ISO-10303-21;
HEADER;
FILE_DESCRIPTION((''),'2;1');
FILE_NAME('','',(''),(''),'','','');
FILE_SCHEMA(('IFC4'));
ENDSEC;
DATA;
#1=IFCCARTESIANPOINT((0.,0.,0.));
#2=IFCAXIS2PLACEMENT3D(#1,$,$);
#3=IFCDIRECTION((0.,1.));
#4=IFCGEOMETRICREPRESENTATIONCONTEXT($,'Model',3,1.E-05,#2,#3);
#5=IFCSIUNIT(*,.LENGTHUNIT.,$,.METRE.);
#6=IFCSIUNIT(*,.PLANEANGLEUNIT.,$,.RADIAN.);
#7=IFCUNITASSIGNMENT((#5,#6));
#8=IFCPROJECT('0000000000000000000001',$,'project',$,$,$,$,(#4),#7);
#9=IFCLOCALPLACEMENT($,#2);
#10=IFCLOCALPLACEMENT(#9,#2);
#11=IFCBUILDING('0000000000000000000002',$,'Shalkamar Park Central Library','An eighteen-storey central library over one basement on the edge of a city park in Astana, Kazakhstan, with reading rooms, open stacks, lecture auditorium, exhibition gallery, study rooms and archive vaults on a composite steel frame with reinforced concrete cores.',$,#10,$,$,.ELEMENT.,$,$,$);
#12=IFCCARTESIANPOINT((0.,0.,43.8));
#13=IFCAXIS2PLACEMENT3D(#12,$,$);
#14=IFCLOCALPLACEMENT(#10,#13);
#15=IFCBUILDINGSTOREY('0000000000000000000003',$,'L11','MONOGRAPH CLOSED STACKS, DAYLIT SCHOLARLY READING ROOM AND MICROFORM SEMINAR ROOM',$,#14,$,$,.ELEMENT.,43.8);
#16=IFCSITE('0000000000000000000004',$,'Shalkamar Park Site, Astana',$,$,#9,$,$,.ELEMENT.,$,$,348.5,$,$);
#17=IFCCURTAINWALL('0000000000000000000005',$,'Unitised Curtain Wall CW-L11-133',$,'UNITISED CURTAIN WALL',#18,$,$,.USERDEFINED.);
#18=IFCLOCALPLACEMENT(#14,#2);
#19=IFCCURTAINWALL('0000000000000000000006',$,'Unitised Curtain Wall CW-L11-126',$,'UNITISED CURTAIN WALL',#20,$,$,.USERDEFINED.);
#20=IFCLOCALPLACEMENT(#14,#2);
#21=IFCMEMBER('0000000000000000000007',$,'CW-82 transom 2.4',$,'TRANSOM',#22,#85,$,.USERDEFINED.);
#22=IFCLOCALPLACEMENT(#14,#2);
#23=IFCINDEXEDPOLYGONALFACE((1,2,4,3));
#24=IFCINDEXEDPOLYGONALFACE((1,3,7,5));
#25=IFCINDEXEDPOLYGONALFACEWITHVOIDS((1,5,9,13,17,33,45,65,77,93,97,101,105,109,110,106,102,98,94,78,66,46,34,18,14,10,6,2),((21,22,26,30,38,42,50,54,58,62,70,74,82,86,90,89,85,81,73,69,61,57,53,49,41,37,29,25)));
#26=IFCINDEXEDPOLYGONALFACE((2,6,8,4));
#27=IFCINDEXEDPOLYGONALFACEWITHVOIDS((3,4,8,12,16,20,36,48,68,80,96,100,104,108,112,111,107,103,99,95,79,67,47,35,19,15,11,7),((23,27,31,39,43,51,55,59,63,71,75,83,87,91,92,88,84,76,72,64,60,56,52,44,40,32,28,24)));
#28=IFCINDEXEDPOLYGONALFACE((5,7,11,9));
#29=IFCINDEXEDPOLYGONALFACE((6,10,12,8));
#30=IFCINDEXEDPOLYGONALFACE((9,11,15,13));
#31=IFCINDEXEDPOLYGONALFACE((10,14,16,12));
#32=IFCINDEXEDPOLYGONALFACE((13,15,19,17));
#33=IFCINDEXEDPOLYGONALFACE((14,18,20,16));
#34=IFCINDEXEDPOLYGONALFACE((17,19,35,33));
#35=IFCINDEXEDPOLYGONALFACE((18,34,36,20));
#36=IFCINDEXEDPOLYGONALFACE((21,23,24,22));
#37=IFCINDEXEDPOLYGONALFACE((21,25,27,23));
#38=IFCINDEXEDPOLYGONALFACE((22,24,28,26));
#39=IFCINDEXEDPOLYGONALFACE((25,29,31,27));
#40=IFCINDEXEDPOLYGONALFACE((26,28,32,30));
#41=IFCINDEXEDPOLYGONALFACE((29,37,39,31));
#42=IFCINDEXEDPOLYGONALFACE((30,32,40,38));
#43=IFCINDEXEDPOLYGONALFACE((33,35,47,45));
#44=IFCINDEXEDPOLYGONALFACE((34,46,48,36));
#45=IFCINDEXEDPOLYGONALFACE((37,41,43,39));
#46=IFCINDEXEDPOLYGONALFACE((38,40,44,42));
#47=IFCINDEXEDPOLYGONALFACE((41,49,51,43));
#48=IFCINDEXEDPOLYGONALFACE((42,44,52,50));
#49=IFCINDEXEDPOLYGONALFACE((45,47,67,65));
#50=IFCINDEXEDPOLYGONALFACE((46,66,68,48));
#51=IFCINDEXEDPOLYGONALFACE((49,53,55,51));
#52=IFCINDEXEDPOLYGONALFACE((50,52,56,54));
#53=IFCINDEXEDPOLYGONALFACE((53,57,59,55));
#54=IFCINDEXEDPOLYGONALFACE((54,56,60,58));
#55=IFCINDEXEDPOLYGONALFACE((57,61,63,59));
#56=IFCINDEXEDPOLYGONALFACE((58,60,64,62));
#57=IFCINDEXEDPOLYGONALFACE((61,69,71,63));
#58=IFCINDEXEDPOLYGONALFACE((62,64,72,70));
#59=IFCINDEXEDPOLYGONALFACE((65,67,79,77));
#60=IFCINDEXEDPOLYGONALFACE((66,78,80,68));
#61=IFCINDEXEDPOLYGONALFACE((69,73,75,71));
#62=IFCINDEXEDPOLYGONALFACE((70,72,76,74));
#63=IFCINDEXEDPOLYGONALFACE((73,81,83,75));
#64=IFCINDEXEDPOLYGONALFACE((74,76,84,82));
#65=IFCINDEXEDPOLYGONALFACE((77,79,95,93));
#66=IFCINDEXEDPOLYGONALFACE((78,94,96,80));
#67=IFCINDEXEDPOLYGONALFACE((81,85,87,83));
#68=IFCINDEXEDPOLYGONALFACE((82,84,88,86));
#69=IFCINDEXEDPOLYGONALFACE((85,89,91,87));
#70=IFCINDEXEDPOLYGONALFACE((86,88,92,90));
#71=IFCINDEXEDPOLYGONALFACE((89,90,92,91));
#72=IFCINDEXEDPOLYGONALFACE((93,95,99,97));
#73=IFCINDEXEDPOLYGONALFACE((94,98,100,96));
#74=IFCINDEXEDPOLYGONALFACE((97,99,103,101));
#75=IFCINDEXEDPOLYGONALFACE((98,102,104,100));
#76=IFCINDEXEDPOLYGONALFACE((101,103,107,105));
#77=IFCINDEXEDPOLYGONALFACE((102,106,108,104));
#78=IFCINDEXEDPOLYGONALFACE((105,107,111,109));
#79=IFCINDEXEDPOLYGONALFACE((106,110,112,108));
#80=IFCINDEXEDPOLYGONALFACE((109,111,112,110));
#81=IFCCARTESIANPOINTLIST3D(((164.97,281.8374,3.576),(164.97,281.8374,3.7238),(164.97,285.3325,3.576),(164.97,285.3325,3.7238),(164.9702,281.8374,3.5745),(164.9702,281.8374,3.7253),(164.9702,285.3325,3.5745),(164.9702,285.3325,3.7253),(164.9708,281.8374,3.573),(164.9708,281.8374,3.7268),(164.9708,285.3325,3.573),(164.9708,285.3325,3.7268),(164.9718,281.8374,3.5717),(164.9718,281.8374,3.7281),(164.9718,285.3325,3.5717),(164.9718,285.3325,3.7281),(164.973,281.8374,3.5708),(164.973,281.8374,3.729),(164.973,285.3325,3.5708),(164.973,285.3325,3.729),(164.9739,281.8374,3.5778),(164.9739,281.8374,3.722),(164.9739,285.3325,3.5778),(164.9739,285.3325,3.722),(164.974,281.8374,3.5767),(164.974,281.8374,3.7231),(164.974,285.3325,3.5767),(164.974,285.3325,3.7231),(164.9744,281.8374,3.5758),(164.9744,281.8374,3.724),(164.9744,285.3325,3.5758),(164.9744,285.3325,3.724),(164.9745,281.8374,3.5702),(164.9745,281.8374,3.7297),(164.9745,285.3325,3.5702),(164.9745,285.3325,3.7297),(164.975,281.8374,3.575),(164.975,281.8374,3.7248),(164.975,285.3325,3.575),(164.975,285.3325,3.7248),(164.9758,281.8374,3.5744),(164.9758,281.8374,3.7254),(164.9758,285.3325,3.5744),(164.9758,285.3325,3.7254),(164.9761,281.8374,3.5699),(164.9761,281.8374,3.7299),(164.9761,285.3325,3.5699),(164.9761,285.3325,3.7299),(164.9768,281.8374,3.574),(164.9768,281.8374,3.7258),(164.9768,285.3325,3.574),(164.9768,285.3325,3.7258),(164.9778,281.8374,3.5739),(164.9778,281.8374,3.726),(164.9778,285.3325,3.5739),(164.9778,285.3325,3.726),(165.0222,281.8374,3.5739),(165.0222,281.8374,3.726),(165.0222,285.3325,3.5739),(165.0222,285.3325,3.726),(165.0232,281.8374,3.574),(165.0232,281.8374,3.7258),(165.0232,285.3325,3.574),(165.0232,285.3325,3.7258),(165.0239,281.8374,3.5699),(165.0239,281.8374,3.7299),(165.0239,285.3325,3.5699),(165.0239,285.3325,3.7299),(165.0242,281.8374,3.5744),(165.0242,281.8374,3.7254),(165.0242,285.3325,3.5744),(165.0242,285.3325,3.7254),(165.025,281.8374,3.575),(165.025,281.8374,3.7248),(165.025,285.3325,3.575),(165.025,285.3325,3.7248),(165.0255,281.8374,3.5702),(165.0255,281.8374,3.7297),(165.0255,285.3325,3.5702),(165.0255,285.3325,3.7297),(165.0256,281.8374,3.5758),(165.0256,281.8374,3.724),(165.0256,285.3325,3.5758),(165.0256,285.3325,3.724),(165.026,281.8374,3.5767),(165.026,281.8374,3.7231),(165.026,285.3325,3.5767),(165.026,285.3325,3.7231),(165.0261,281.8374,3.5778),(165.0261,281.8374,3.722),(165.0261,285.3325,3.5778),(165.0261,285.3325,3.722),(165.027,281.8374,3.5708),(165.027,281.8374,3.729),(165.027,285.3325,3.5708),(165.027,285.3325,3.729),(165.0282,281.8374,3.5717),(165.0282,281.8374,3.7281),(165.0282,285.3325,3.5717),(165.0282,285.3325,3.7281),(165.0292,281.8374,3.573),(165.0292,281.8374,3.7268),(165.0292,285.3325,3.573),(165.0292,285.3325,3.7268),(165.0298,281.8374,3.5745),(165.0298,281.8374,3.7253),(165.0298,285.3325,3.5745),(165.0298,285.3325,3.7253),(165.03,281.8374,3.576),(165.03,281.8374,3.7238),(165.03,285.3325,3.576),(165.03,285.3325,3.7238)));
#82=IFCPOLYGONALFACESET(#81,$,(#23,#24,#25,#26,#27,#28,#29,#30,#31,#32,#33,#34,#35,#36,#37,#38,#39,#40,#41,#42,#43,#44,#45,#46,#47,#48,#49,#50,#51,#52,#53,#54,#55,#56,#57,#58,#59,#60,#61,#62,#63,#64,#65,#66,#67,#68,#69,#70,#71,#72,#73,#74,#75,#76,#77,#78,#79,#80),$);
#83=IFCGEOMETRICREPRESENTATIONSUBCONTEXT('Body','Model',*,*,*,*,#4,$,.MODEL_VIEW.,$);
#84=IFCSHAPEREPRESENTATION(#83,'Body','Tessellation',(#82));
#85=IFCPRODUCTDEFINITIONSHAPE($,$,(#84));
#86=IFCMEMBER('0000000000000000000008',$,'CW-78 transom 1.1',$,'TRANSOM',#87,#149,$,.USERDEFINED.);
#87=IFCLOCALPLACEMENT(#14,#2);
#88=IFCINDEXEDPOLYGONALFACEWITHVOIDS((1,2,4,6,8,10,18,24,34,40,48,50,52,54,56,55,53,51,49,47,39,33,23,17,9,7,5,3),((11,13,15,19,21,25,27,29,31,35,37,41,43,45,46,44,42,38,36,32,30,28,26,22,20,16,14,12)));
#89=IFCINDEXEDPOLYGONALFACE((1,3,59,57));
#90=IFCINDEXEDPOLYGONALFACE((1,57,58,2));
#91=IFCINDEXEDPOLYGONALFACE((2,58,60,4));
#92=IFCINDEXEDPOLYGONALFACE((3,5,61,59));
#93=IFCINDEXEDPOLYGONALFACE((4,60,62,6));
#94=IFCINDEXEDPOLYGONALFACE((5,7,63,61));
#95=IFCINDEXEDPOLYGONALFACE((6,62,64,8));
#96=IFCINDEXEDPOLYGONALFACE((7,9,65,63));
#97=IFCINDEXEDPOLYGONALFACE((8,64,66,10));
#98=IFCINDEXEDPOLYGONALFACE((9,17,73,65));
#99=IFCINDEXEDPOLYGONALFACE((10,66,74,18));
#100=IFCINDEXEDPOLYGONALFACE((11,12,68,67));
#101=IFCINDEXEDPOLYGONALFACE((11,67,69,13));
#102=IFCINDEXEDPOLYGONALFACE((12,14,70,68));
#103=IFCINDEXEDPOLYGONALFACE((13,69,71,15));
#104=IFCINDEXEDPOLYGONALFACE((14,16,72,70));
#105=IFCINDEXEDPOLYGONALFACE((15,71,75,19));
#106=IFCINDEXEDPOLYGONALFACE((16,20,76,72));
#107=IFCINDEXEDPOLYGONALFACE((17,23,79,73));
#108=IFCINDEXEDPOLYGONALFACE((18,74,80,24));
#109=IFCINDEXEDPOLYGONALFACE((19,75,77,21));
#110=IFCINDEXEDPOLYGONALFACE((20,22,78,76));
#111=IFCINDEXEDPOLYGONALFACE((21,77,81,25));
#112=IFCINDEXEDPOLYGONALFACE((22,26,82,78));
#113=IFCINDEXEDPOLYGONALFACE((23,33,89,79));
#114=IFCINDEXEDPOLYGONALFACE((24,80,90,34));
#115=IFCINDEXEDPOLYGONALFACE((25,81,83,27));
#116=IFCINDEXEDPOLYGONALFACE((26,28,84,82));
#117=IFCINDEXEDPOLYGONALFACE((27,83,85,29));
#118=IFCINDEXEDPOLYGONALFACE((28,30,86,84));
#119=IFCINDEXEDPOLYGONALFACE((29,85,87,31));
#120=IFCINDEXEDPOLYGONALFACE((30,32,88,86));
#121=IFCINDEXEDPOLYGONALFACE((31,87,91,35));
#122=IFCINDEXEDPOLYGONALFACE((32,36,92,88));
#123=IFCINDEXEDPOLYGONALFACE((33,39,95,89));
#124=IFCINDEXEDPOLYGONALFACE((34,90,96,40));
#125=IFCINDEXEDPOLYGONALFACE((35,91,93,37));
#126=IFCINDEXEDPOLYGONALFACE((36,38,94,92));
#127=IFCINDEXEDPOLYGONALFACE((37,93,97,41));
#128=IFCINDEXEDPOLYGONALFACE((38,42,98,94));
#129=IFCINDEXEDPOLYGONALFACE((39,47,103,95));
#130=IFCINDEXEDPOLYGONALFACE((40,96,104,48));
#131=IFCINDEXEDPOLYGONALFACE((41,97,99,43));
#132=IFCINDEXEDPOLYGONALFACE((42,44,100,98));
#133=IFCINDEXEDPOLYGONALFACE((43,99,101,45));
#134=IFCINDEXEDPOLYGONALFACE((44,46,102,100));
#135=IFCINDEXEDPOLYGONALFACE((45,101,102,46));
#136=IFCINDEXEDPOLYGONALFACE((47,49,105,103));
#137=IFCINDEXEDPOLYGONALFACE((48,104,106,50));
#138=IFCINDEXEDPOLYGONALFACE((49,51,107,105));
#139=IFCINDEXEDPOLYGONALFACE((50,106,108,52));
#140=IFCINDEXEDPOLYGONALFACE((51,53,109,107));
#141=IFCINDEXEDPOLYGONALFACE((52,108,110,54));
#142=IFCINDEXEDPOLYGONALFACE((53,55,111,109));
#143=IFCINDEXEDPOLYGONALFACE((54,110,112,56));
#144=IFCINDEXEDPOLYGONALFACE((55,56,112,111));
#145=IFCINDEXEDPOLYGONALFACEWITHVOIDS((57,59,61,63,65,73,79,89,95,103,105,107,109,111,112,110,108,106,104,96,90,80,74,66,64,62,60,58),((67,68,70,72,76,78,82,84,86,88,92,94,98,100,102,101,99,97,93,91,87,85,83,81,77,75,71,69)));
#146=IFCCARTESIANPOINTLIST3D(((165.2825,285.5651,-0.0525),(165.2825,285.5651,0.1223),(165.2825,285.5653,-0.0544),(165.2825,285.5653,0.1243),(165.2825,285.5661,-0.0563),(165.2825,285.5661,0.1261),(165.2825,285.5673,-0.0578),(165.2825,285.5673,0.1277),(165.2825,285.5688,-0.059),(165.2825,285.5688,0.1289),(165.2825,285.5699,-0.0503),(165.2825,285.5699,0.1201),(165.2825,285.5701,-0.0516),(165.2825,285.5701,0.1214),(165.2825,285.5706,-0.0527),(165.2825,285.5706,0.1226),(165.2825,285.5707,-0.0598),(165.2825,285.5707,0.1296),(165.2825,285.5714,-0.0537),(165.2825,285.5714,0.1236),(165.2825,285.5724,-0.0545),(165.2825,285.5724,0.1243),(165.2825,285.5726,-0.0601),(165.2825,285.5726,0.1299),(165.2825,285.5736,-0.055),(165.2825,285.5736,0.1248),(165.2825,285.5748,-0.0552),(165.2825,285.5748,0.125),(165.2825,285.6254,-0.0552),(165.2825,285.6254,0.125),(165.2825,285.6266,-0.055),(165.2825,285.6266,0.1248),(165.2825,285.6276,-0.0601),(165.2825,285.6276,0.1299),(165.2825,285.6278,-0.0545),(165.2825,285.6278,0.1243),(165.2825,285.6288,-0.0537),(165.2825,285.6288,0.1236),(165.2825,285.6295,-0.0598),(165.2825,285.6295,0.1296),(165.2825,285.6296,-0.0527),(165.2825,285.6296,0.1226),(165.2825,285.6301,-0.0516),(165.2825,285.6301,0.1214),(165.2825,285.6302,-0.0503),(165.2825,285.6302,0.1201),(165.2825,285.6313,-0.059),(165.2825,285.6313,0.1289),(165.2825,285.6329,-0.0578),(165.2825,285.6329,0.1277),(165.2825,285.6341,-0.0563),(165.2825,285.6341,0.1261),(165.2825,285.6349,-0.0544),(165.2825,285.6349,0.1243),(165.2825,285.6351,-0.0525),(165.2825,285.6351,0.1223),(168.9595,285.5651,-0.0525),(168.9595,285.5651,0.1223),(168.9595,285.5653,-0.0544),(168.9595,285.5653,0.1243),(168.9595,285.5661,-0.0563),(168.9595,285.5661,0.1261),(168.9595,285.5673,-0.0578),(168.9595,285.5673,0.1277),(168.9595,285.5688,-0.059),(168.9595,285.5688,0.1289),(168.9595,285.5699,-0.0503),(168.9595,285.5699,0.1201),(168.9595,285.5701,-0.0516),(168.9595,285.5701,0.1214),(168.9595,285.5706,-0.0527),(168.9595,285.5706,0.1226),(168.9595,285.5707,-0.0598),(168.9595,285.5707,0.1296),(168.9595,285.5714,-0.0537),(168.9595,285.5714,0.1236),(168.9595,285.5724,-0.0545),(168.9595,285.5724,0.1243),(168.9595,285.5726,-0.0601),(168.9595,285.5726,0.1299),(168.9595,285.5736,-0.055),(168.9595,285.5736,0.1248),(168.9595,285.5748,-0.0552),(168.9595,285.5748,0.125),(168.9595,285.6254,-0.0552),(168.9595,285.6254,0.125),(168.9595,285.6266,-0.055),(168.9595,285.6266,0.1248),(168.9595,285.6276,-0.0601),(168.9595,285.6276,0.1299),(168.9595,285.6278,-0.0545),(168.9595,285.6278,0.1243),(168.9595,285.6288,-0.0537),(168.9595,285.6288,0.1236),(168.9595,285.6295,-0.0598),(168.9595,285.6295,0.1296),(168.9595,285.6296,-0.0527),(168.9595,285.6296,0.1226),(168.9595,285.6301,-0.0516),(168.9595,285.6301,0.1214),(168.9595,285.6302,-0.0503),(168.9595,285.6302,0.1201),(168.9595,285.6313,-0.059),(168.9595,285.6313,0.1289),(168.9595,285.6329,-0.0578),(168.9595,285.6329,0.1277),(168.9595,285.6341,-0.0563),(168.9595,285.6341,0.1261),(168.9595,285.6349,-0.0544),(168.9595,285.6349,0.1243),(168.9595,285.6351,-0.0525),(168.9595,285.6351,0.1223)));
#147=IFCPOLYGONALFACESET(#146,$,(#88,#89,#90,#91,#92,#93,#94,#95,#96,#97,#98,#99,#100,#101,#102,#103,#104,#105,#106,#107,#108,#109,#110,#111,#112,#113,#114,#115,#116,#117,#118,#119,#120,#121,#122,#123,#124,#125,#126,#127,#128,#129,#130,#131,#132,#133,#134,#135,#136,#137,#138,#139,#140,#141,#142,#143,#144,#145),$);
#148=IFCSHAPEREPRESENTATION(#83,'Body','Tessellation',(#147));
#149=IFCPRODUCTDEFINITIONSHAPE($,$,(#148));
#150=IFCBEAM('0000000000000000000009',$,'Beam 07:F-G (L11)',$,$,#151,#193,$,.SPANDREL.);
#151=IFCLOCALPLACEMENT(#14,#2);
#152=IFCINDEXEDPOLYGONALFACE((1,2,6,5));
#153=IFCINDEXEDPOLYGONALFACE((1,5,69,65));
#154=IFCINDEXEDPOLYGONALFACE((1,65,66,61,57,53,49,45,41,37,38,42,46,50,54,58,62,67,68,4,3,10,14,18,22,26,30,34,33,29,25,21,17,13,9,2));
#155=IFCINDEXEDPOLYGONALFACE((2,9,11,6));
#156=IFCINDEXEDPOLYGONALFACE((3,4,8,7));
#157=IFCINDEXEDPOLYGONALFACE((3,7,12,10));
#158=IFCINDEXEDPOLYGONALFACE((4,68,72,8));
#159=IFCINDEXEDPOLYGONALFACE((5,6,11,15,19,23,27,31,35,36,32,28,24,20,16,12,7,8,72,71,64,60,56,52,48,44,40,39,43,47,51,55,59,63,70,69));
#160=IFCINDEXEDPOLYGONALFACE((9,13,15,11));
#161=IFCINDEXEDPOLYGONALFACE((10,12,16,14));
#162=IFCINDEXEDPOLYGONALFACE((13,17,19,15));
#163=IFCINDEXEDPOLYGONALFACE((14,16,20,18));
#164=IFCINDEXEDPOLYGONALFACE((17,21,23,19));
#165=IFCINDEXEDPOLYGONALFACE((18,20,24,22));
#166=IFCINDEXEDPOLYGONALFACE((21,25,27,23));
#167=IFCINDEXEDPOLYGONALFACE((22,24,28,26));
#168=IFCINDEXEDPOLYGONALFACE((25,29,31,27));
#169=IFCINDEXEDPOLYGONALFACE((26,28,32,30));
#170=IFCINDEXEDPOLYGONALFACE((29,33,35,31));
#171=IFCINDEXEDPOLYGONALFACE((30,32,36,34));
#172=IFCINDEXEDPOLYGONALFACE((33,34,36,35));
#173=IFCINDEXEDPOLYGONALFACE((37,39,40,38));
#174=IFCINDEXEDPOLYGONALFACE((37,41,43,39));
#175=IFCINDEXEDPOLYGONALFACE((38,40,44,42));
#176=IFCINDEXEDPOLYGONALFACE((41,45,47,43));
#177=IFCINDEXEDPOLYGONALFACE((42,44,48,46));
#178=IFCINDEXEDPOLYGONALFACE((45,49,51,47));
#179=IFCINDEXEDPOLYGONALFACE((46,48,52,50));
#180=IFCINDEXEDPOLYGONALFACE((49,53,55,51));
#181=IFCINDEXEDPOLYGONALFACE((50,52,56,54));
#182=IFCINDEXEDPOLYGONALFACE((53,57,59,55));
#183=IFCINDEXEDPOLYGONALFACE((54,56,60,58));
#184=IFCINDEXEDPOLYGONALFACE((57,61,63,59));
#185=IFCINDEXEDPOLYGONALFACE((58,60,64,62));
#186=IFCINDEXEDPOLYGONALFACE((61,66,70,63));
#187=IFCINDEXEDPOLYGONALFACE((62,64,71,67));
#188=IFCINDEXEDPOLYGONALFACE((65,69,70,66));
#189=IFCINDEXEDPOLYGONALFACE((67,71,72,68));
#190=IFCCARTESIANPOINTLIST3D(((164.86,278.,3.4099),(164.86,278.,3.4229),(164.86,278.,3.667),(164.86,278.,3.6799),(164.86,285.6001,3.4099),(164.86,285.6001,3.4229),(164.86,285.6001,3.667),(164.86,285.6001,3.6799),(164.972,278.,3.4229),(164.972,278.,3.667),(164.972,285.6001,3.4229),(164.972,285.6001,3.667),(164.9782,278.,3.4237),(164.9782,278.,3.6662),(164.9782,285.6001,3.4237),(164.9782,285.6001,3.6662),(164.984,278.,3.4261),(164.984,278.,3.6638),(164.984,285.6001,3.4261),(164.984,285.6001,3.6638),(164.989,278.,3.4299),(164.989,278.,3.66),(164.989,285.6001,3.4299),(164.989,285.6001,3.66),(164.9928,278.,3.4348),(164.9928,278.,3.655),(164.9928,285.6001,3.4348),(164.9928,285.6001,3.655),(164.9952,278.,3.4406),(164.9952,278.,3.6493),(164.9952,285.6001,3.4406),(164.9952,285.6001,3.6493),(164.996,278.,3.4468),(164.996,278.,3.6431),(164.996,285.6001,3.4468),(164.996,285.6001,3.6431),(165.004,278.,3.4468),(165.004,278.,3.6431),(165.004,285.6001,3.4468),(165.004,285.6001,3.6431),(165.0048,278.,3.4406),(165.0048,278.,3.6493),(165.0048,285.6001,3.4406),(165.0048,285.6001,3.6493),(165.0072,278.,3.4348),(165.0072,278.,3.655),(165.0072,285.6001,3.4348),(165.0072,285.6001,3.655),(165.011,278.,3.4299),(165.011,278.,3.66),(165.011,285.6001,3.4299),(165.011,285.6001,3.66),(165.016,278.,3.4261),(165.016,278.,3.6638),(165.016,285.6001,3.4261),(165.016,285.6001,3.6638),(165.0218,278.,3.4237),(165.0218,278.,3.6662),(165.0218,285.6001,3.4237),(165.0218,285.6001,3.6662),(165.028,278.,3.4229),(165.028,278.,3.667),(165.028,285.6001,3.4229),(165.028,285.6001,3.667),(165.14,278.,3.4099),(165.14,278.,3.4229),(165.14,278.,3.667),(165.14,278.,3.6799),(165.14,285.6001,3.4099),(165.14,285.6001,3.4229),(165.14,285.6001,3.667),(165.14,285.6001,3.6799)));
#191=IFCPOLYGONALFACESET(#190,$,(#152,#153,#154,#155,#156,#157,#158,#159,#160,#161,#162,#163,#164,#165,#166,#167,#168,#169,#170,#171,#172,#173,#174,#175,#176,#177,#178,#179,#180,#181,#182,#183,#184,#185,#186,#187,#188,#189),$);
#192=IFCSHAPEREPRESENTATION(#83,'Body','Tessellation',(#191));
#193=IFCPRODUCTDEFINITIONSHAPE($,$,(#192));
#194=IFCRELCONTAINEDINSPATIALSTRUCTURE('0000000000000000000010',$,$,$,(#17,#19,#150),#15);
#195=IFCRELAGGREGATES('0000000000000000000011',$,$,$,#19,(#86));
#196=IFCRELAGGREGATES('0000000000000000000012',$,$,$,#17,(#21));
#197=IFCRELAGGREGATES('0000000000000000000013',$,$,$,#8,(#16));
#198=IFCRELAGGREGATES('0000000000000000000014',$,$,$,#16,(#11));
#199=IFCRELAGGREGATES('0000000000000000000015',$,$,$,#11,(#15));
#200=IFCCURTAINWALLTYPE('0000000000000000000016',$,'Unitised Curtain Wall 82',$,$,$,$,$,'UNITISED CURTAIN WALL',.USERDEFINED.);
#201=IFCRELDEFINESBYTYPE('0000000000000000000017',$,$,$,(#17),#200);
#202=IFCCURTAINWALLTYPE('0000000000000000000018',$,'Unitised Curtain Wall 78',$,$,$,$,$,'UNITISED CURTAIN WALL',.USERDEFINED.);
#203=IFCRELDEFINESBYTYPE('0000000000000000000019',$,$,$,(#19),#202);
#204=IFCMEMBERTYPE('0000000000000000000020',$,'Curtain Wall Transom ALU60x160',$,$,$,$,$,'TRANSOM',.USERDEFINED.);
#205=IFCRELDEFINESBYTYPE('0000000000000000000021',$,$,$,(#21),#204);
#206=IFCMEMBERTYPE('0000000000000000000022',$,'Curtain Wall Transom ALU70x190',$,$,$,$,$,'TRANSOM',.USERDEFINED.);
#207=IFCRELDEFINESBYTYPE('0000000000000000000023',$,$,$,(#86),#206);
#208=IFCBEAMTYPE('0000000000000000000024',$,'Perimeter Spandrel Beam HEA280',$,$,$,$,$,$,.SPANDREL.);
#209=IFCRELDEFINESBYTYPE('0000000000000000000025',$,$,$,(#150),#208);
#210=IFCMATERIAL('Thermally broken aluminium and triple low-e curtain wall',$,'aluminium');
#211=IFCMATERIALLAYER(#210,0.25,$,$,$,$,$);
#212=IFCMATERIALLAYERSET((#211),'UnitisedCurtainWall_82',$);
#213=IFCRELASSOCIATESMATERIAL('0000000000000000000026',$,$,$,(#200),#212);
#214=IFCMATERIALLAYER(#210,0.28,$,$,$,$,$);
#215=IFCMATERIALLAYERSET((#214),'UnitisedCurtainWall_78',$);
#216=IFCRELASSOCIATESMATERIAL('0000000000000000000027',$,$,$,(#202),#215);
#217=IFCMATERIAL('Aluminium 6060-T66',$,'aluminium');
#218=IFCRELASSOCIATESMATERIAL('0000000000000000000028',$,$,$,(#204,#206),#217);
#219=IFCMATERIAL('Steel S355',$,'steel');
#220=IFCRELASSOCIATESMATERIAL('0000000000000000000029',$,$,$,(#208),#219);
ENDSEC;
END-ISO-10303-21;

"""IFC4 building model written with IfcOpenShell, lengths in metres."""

from ifc_helpers import new_model, si_unit, direction, frame, origin, origin_2d, place, context, subcontext, project, spatial, hollow_rectangle, i_section, extrude, material, layer, layer_set, material_profile, profile_set, type_object, element, aggregate, save


model = new_model("IFC4")

# Units and contexts
model_context = context("Model", 3, precision=1e-05, world=origin(), true_north=direction((0.0, 1.0)))
body_context = subcontext(model_context, "Body", "Model", "MODEL_VIEW")
ifc_project = project(units=[si_unit("LENGTHUNIT", "METRE"), si_unit("PLANEANGLEUNIT", "RADIAN")], contexts=[model_context])

# Site, building, storey
site_placement = place(None, origin())
site = spatial("IfcSite", under=ifc_project, at=site_placement, Name="Shalkamar Park Site, Astana", CompositionType="ELEMENT", RefElevation=348.5)
building_placement = place(site_placement, origin())
building = spatial("IfcBuilding", under=site, at=building_placement, Name="Shalkamar Park Central Library", Description="An eighteen-storey central library over one basement on the edge of a city park in Astana, Kazakhstan, with reading rooms, open stacks, lecture auditorium, exhibition gallery, study rooms and archive vaults on a composite steel frame with reinforced concrete cores.", CompositionType="ELEMENT")
storey_placement = place(building_placement, frame((0.0, 0.0, 43.8)))
storey = spatial("IfcBuildingStorey", under=building, at=storey_placement, Name="L11", Description="MONOGRAPH CLOSED STACKS, DAYLIT SCHOLARLY READING ROOM AND MICROFORM SEMINAR ROOM", CompositionType="ELEMENT", Elevation=43.8)

# Shared definitions
ifc_material_1 = material(Name="Steel S355", Category="steel")

# Curtain wall
ifc_material_2 = material(Name="Thermally broken aluminium and triple low-e curtain wall", Category="aluminium")
ifc_layer_1 = layer(ifc_material_2, 0.25)
ifc_layer_set_1 = layer_set([ifc_layer_1], Name="UnitisedCurtainWall_82")
curtain_wall_type_1 = type_object("IfcCurtainWallType", Name="Unitised Curtain Wall 82", ElementType="UNITISED CURTAIN WALL", PredefinedType="USERDEFINED", material=ifc_layer_set_1)
curtain_wall_1_placement = place(storey_placement, origin())
curtain_wall_1 = element("IfcCurtainWall", 1, at=curtain_wall_1_placement, inside=storey, type_object=curtain_wall_type_1, Name="Unitised Curtain Wall CW-L11-133", ObjectType="UNITISED CURTAIN WALL", PredefinedType="USERDEFINED")
ifc_material_3 = material(Name="Aluminium 6060-T66", Category="aluminium")

# Curtain wall
ifc_layer_2 = layer(ifc_material_2, 0.28)
ifc_layer_set_2 = layer_set([ifc_layer_2], Name="UnitisedCurtainWall_78")
curtain_wall_type_2 = type_object("IfcCurtainWallType", Name="Unitised Curtain Wall 78", ElementType="UNITISED CURTAIN WALL", PredefinedType="USERDEFINED", material=ifc_layer_set_2)
curtain_wall_2_placement = place(storey_placement, origin())
curtain_wall_2 = element("IfcCurtainWall", 2, at=curtain_wall_2_placement, inside=storey, type_object=curtain_wall_type_2, Name="Unitised Curtain Wall CW-L11-126", ObjectType="UNITISED CURTAIN WALL", PredefinedType="USERDEFINED")

# Members
ifc_material_profile_1 = material_profile(ifc_material_3, hollow_rectangle(XDim=0.0601, YDim=0.1599, WallThickness=0.0039, InnerFilletRadius=0.0039, OuterFilletRadius=0.0061, at=origin_2d()), Name="ALU 60x160x4")
ifc_profile_set_1 = profile_set([ifc_material_profile_1], Name="Aluminium 6060-T66")
member_type_1 = type_object("IfcMemberType", Name="Curtain Wall Transom ALU60x160", ElementType="TRANSOM", PredefinedType="USERDEFINED", material=ifc_profile_set_1)
member_1_placement = place(storey_placement, frame((165.0, 281.8374, 3.6499), z_axis=(0.0, 1.0, 0.0), x_axis=(-1.0, 0.0, 0.0)))
member_1 = element("IfcMember", 3, at=member_1_placement, type_object=member_type_1, Name="CW-82 transom 2.4", ObjectType="TRANSOM", PredefinedType="USERDEFINED", context=body_context, shape_type="SweptSolid", body=[
    extrude(hollow_rectangle(XDim=0.0601, YDim=0.1599, WallThickness=0.0039, InnerFilletRadius=0.0039, OuterFilletRadius=0.0061, at=origin_2d()), origin(), (0.0, 0.0, 1.0), 3.4951),
])
ifc_material_profile_2 = material_profile(ifc_material_3, hollow_rectangle(XDim=0.0701, YDim=0.1899, WallThickness=0.0049, InnerFilletRadius=0.0049, OuterFilletRadius=0.0076, at=origin_2d()), Name="ALU 70x190x5")
ifc_profile_set_2 = profile_set([ifc_material_profile_2], Name="Aluminium 6060-T66")
member_type_2 = type_object("IfcMemberType", Name="Curtain Wall Transom ALU70x190", ElementType="TRANSOM", PredefinedType="USERDEFINED", material=ifc_profile_set_2)
member_2_placement = place(storey_placement, frame((165.2825, 285.6001, 0.0349), z_axis=(1.0, 0.0, 0.0), x_axis=(0.0, 1.0, 0.0)))
member_2 = element("IfcMember", 4, at=member_2_placement, type_object=member_type_2, Name="CW-78 transom 1.1", ObjectType="TRANSOM", PredefinedType="USERDEFINED", context=body_context, shape_type="SweptSolid", body=[
    extrude(hollow_rectangle(XDim=0.0701, YDim=0.1899, WallThickness=0.0049, InnerFilletRadius=0.0049, OuterFilletRadius=0.0076, at=origin_2d()), origin(), (0.0, 0.0, 1.0), 3.677),
])
aggregate(curtain_wall_2, [member_2])

# Beam
ifc_material_profile_3 = material_profile(ifc_material_1, i_section(OverallWidth=0.28, OverallDepth=0.27, WebThickness=0.0081, FlangeThickness=0.0129, FilletRadius=0.0239, at=origin_2d()), Name="HEA 280")
ifc_profile_set_3 = profile_set([ifc_material_profile_3], Name="Steel S355")
beam_type_1 = type_object("IfcBeamType", Name="Perimeter Spandrel Beam HEA280", PredefinedType="SPANDREL", material=ifc_profile_set_3)
beam_1_placement = place(storey_placement, frame((165.0, 278.0, 3.5449), z_axis=(0.0, 1.0, 0.0), x_axis=(-1.0, 0.0, 0.0)))
element("IfcBeam", 5, at=beam_1_placement, inside=storey, type_object=beam_type_1, Name="Beam 07:F-G (L11)", PredefinedType="SPANDREL", context=body_context, shape_type="SweptSolid", body=[
    extrude(i_section(OverallWidth=0.28, OverallDepth=0.27, WebThickness=0.0081, FlangeThickness=0.0129, FilletRadius=0.0239, at=origin_2d()), origin(), (0.0, 0.0, 1.0), 7.6001),
])

aggregate(curtain_wall_1, [member_1])

save(model, "model.ifc")
